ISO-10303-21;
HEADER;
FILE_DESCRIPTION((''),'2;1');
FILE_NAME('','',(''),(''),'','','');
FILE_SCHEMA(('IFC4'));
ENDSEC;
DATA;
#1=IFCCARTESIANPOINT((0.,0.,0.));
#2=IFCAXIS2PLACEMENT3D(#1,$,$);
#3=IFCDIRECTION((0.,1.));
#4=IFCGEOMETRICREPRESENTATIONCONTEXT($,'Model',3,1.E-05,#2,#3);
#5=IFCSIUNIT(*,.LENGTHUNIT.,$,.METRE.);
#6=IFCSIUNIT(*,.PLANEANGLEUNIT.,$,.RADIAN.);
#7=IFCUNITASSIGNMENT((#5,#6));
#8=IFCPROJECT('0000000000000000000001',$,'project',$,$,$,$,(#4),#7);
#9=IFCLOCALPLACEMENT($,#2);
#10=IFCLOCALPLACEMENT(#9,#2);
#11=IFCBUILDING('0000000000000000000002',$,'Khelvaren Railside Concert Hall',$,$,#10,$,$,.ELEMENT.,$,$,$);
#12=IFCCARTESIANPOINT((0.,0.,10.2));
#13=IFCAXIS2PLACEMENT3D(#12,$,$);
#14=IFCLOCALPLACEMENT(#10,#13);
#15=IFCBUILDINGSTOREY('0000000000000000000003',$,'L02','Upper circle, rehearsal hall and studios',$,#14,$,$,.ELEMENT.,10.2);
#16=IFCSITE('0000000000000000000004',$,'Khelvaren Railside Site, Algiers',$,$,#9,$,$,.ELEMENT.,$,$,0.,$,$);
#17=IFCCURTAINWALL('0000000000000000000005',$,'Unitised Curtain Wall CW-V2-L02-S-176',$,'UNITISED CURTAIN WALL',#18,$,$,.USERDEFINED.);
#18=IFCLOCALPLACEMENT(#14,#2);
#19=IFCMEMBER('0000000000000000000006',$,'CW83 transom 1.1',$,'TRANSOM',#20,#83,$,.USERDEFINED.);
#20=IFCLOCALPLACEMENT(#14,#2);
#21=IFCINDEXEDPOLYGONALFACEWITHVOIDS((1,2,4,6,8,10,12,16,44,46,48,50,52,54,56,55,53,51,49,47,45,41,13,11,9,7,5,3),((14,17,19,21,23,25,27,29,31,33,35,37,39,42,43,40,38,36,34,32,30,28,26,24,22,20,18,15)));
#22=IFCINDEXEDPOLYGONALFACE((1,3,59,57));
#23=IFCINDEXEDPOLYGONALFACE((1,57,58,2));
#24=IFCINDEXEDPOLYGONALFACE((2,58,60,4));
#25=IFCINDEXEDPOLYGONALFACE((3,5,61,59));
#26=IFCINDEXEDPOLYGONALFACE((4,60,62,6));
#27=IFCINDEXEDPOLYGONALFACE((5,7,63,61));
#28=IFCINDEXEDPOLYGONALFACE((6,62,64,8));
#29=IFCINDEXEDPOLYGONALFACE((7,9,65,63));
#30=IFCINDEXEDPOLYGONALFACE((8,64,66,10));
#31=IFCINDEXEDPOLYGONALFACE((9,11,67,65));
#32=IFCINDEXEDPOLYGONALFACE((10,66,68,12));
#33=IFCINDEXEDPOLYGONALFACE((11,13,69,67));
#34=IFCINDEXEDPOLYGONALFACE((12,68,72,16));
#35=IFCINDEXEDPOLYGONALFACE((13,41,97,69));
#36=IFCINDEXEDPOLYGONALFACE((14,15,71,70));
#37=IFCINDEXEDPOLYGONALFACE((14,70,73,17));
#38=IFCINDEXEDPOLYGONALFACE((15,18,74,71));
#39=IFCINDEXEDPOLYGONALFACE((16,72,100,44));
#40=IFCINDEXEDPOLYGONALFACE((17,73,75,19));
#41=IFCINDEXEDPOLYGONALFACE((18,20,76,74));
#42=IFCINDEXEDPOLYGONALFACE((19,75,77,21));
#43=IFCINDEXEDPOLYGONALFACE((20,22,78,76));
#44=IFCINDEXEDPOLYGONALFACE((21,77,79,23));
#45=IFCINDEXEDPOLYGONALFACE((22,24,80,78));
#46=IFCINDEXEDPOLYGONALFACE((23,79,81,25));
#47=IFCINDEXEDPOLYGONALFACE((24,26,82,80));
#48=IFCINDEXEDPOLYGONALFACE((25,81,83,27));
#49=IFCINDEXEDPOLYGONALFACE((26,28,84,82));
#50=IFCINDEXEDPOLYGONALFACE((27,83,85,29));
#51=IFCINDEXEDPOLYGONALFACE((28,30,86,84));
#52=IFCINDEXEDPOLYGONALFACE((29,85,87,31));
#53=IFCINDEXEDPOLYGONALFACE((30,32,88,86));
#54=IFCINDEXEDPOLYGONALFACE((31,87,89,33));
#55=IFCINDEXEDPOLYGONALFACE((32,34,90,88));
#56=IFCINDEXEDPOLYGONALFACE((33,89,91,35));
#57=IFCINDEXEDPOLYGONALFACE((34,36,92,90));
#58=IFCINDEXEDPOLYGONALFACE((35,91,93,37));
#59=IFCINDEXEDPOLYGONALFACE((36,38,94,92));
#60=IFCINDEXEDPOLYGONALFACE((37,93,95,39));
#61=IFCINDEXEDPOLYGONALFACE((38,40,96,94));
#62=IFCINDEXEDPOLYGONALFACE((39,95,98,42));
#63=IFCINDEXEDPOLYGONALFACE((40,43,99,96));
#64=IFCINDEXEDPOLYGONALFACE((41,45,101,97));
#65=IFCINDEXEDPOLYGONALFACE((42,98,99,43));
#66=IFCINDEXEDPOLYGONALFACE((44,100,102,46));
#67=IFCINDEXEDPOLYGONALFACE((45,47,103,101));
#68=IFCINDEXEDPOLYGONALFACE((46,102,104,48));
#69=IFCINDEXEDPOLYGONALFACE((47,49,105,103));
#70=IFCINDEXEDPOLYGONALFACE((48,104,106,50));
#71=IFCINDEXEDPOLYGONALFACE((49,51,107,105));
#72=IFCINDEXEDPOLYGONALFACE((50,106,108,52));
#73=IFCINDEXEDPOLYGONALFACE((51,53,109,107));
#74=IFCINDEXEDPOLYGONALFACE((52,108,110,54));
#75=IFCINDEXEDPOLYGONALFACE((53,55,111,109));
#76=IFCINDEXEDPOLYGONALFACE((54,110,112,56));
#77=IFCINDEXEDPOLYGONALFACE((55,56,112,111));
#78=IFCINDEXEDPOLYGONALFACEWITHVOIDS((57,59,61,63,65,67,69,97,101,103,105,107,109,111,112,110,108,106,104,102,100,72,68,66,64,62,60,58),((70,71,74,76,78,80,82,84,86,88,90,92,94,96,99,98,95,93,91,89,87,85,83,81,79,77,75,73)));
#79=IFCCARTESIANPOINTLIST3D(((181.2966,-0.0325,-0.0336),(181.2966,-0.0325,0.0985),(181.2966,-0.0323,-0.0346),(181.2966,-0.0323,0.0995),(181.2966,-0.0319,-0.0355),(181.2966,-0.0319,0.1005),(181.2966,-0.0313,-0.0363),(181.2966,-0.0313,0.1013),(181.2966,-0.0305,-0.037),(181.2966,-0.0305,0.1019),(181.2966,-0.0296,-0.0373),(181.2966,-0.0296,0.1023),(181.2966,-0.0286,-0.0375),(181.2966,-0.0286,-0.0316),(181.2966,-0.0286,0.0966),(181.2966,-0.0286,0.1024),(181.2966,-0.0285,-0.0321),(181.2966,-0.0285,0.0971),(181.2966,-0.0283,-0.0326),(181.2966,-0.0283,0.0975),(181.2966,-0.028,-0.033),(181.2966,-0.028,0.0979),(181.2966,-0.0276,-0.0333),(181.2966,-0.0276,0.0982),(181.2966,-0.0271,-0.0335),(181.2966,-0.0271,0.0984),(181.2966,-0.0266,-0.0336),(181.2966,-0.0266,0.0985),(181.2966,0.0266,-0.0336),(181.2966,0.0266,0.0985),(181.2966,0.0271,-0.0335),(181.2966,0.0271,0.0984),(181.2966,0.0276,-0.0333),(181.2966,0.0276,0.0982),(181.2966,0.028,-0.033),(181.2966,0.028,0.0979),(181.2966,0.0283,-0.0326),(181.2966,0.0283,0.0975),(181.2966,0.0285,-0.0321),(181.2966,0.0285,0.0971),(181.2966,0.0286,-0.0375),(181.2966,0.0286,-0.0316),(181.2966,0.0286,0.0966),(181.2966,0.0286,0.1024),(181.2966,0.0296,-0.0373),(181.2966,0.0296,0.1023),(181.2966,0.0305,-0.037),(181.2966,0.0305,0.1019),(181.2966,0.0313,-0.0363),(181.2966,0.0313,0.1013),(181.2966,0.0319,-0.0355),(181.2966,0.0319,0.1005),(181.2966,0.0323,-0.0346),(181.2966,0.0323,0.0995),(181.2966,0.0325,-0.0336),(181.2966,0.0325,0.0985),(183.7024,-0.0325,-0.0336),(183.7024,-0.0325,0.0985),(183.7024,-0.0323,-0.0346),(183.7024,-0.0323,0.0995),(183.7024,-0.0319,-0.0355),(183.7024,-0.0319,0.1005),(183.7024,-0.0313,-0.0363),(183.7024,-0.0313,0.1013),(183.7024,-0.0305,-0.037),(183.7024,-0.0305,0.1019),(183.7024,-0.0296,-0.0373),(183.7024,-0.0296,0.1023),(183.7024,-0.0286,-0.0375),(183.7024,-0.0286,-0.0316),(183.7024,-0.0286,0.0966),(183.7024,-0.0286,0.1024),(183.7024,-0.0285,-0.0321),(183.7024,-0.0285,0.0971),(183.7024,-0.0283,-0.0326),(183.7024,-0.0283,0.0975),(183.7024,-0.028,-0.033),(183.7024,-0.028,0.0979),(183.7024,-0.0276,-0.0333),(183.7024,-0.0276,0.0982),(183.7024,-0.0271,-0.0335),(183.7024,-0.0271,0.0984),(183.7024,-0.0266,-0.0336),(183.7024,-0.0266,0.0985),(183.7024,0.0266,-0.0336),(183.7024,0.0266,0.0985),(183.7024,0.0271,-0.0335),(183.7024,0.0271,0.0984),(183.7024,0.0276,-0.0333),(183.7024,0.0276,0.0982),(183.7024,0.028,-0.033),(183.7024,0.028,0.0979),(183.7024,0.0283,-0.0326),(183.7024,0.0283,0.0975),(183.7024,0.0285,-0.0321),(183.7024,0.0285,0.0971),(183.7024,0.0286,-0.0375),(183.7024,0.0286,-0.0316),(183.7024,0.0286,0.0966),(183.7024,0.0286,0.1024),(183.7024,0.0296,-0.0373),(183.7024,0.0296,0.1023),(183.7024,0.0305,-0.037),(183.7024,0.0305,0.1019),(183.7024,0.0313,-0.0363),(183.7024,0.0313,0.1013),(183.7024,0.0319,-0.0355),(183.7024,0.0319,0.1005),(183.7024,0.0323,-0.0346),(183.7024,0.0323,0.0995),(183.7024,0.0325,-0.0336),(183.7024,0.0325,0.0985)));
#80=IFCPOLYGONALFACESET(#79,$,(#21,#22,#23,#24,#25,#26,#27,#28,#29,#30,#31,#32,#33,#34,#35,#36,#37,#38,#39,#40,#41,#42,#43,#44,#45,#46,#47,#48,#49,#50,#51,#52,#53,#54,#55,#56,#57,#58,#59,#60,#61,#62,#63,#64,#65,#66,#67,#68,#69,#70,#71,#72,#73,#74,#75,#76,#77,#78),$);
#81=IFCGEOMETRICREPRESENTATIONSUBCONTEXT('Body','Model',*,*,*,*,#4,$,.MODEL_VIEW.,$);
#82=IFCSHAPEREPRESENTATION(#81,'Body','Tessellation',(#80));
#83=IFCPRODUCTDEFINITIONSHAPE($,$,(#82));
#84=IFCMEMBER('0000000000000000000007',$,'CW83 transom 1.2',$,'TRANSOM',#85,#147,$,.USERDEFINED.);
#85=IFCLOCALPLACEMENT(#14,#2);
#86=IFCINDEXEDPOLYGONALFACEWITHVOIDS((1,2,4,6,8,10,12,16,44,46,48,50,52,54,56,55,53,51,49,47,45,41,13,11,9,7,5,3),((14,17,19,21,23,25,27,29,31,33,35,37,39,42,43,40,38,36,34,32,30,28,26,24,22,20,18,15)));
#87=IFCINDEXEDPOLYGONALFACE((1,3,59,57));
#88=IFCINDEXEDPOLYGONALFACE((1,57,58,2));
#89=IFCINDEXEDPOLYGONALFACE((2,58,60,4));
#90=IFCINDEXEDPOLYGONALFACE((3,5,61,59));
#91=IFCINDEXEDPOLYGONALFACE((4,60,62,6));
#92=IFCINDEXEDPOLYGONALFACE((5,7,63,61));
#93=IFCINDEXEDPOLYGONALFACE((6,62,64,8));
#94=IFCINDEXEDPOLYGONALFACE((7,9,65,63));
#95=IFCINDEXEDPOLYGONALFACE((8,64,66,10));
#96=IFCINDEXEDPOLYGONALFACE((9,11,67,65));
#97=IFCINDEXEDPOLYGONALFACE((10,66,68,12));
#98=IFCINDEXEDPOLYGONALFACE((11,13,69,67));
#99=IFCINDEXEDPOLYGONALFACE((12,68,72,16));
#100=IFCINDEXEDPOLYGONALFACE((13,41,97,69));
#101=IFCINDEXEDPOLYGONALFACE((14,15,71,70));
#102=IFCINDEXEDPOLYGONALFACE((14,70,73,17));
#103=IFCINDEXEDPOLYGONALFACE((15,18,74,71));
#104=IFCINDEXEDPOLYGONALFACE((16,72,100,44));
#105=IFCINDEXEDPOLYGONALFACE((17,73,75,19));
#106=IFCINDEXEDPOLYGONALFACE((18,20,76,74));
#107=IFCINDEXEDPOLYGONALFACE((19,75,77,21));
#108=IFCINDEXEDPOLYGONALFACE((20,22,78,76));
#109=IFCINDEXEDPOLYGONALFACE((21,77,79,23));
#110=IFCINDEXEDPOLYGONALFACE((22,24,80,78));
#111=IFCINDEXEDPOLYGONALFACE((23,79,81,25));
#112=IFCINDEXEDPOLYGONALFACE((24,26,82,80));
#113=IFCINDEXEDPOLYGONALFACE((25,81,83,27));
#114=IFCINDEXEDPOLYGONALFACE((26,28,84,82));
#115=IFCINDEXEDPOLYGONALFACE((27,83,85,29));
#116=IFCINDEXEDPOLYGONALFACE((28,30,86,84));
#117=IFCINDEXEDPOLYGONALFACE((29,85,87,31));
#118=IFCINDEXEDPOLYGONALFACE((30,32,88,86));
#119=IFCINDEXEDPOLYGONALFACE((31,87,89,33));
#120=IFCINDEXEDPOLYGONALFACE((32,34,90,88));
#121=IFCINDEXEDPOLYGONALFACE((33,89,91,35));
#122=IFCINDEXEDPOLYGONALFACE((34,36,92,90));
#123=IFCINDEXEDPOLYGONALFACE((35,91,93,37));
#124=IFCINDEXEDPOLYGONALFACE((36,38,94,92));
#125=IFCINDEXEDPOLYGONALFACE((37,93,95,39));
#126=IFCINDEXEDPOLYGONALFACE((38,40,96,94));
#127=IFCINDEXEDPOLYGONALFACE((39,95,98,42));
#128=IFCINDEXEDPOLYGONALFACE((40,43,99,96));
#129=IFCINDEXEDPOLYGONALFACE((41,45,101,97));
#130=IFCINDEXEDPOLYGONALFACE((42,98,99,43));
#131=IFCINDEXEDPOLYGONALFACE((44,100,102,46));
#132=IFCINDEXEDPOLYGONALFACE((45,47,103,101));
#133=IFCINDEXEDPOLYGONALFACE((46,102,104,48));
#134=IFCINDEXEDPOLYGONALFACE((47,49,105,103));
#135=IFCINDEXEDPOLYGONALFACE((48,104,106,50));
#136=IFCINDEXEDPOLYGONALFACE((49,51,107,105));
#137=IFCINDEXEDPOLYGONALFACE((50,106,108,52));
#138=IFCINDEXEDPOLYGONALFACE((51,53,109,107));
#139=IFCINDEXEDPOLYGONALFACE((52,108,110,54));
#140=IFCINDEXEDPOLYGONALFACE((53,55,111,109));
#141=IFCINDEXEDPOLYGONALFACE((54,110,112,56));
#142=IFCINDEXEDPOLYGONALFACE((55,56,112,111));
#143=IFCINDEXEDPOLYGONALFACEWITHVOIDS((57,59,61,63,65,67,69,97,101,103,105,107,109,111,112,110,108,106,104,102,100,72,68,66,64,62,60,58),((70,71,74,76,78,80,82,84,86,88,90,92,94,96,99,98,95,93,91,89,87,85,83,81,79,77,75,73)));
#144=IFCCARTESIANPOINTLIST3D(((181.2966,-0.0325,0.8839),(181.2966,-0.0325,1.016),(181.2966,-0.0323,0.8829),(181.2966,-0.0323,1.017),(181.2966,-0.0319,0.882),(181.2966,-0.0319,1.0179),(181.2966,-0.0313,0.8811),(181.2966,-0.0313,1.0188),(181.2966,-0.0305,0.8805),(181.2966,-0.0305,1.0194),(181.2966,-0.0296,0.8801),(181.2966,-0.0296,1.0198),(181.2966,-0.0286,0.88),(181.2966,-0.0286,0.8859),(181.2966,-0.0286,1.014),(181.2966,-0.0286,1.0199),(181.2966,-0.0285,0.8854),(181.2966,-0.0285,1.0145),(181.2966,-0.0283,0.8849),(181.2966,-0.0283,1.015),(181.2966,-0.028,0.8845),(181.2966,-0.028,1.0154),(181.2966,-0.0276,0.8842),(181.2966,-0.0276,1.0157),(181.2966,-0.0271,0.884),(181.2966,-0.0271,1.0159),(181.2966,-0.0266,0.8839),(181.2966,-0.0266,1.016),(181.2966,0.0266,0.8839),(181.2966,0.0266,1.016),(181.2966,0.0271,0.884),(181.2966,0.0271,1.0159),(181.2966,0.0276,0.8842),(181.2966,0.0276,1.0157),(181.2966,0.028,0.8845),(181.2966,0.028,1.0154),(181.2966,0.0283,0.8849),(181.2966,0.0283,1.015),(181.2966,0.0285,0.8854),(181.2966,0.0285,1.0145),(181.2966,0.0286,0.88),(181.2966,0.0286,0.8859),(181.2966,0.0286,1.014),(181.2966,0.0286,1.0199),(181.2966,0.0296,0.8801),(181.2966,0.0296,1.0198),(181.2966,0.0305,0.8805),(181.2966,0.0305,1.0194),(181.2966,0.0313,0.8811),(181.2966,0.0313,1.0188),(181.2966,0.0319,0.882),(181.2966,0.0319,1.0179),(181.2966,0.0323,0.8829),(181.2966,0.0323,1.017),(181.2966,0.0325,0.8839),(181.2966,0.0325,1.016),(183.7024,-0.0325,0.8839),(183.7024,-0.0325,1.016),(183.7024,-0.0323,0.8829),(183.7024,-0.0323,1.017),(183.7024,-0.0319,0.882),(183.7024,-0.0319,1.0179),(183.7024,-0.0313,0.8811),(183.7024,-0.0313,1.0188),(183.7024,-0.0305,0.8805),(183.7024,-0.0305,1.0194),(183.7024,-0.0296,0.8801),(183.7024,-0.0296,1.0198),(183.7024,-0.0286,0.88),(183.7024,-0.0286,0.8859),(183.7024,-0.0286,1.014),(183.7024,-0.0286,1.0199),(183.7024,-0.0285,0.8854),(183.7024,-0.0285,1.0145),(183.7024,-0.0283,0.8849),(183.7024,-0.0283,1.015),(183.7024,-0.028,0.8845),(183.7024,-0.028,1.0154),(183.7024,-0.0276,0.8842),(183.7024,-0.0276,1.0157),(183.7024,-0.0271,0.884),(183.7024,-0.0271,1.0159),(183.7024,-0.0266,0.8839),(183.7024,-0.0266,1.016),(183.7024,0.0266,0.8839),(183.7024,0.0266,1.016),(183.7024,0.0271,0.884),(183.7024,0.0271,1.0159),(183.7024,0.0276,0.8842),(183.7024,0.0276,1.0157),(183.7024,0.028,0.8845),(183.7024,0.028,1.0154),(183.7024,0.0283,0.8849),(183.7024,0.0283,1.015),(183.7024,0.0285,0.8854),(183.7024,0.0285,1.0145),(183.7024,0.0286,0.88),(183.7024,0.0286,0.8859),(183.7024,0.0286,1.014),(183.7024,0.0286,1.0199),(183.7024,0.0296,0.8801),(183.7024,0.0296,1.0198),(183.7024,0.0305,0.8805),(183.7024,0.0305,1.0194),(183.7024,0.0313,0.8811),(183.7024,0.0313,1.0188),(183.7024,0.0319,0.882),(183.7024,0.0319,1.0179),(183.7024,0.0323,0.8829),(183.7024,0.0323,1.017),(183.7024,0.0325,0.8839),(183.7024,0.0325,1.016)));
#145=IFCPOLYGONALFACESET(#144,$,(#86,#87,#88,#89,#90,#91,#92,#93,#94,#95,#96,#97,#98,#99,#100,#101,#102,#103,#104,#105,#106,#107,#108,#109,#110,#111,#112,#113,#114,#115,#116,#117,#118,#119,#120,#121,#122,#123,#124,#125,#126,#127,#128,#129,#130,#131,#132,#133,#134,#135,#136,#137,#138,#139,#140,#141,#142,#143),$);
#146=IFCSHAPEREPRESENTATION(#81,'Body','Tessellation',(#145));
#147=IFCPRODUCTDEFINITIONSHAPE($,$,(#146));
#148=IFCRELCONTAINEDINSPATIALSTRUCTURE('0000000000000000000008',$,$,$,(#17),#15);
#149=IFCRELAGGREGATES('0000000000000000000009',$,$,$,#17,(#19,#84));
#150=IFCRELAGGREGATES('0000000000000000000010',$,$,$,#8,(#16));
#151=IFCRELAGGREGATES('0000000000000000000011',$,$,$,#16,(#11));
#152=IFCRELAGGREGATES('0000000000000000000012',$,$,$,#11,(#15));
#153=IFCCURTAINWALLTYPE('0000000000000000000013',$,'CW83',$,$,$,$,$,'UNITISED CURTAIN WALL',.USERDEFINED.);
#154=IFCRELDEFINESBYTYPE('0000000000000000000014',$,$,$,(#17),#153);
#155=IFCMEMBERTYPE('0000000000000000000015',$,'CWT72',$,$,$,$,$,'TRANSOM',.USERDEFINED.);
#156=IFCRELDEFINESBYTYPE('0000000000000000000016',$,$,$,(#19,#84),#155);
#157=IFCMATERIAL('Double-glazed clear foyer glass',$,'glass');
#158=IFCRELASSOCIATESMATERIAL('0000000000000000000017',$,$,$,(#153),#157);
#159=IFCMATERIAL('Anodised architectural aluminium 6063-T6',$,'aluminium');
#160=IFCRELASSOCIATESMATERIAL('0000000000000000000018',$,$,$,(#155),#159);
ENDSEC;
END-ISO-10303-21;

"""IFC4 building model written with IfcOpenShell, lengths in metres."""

from ifc_helpers import new_model, si_unit, direction, frame, origin, origin_2d, place, context, subcontext, project, spatial, hollow_rectangle, extrude, material, material_profile, profile_set, type_object, element, aggregate, save


model = new_model("IFC4")

# Units and contexts
model_context = context("Model", 3, precision=1e-05, world=origin(), true_north=direction((0.0, 1.0)))
body_context = subcontext(model_context, "Body", "Model", "MODEL_VIEW")
ifc_project = project(units=[si_unit("LENGTHUNIT", "METRE"), si_unit("PLANEANGLEUNIT", "RADIAN")], contexts=[model_context])

# Site, building, storey
site_placement = place(None, origin())
site = spatial("IfcSite", under=ifc_project, at=site_placement, Name="Khelvaren Railside Site, Algiers", CompositionType="ELEMENT", RefElevation=0.0)
building_placement = place(site_placement, origin())
building = spatial("IfcBuilding", under=site, at=building_placement, Name="Khelvaren Railside Concert Hall", CompositionType="ELEMENT")
storey_placement = place(building_placement, frame((0.0, 0.0, 10.2)))
storey = spatial("IfcBuildingStorey", under=building, at=storey_placement, Name="L02", Description="Upper circle, rehearsal hall and studios", CompositionType="ELEMENT", Elevation=10.2)

# Curtain wall
ifc_material_1 = material(Name="Double-glazed clear foyer glass", Category="glass")
curtain_wall_type = type_object("IfcCurtainWallType", Name="CW83", ElementType="UNITISED CURTAIN WALL", PredefinedType="USERDEFINED", material=ifc_material_1)
curtain_wall_1_placement = place(storey_placement, origin())
curtain_wall_1 = element("IfcCurtainWall", 1, at=curtain_wall_1_placement, inside=storey, type_object=curtain_wall_type, Name="Unitised Curtain Wall CW-V2-L02-S-176", ObjectType="UNITISED CURTAIN WALL", PredefinedType="USERDEFINED")
ifc_material_2 = material(Name="Anodised architectural aluminium 6063-T6", Category="aluminium")

# Members
ifc_material_profile_1 = material_profile(ifc_material_2, hollow_rectangle(XDim=0.0649, YDim=0.1399, WallThickness=0.0039, InnerFilletRadius=0.002, OuterFilletRadius=0.0039, at=origin_2d()), Name="CWT 65x140x4")
ifc_profile_set_1 = profile_set([ifc_material_profile_1], Name="Anodised architectural aluminium 6063-T6")
member_type_1 = type_object("IfcMemberType", Name="CWT72", ElementType="TRANSOM", PredefinedType="USERDEFINED", material=ifc_profile_set_1)
member_1_placement = place(storey_placement, frame((183.7024, 0.0, 0.0325), z_axis=(-1.0, 0.0, 0.0), x_axis=(0.0, -1.0, 0.0)))
member_1 = element("IfcMember", 2, at=member_1_placement, type_object=member_type_1, Name="CW83 transom 1.1", ObjectType="TRANSOM", PredefinedType="USERDEFINED", context=body_context, shape_type="SweptSolid", body=[
    extrude(hollow_rectangle(XDim=0.0649, YDim=0.1399, WallThickness=0.0039, InnerFilletRadius=0.002, OuterFilletRadius=0.0039, at=origin_2d()), origin(), (0.0, 0.0, 1.0), 2.4058),
])
member_2_placement = place(storey_placement, frame((183.7024, 0.0, 0.95), z_axis=(-1.0, 0.0, 0.0), x_axis=(0.0, -1.0, 0.0)))
member_2 = element("IfcMember", 3, at=member_2_placement, type_object=member_type_1, Name="CW83 transom 1.2", ObjectType="TRANSOM", PredefinedType="USERDEFINED", context=body_context, shape_type="SweptSolid", body=[
    extrude(hollow_rectangle(XDim=0.0649, YDim=0.1399, WallThickness=0.0039, InnerFilletRadius=0.002, OuterFilletRadius=0.0039, at=origin_2d()), origin(), (0.0, 0.0, 1.0), 2.4058),
])
aggregate(curtain_wall_1, [member_1, member_2])

save(model, "model.ifc")
